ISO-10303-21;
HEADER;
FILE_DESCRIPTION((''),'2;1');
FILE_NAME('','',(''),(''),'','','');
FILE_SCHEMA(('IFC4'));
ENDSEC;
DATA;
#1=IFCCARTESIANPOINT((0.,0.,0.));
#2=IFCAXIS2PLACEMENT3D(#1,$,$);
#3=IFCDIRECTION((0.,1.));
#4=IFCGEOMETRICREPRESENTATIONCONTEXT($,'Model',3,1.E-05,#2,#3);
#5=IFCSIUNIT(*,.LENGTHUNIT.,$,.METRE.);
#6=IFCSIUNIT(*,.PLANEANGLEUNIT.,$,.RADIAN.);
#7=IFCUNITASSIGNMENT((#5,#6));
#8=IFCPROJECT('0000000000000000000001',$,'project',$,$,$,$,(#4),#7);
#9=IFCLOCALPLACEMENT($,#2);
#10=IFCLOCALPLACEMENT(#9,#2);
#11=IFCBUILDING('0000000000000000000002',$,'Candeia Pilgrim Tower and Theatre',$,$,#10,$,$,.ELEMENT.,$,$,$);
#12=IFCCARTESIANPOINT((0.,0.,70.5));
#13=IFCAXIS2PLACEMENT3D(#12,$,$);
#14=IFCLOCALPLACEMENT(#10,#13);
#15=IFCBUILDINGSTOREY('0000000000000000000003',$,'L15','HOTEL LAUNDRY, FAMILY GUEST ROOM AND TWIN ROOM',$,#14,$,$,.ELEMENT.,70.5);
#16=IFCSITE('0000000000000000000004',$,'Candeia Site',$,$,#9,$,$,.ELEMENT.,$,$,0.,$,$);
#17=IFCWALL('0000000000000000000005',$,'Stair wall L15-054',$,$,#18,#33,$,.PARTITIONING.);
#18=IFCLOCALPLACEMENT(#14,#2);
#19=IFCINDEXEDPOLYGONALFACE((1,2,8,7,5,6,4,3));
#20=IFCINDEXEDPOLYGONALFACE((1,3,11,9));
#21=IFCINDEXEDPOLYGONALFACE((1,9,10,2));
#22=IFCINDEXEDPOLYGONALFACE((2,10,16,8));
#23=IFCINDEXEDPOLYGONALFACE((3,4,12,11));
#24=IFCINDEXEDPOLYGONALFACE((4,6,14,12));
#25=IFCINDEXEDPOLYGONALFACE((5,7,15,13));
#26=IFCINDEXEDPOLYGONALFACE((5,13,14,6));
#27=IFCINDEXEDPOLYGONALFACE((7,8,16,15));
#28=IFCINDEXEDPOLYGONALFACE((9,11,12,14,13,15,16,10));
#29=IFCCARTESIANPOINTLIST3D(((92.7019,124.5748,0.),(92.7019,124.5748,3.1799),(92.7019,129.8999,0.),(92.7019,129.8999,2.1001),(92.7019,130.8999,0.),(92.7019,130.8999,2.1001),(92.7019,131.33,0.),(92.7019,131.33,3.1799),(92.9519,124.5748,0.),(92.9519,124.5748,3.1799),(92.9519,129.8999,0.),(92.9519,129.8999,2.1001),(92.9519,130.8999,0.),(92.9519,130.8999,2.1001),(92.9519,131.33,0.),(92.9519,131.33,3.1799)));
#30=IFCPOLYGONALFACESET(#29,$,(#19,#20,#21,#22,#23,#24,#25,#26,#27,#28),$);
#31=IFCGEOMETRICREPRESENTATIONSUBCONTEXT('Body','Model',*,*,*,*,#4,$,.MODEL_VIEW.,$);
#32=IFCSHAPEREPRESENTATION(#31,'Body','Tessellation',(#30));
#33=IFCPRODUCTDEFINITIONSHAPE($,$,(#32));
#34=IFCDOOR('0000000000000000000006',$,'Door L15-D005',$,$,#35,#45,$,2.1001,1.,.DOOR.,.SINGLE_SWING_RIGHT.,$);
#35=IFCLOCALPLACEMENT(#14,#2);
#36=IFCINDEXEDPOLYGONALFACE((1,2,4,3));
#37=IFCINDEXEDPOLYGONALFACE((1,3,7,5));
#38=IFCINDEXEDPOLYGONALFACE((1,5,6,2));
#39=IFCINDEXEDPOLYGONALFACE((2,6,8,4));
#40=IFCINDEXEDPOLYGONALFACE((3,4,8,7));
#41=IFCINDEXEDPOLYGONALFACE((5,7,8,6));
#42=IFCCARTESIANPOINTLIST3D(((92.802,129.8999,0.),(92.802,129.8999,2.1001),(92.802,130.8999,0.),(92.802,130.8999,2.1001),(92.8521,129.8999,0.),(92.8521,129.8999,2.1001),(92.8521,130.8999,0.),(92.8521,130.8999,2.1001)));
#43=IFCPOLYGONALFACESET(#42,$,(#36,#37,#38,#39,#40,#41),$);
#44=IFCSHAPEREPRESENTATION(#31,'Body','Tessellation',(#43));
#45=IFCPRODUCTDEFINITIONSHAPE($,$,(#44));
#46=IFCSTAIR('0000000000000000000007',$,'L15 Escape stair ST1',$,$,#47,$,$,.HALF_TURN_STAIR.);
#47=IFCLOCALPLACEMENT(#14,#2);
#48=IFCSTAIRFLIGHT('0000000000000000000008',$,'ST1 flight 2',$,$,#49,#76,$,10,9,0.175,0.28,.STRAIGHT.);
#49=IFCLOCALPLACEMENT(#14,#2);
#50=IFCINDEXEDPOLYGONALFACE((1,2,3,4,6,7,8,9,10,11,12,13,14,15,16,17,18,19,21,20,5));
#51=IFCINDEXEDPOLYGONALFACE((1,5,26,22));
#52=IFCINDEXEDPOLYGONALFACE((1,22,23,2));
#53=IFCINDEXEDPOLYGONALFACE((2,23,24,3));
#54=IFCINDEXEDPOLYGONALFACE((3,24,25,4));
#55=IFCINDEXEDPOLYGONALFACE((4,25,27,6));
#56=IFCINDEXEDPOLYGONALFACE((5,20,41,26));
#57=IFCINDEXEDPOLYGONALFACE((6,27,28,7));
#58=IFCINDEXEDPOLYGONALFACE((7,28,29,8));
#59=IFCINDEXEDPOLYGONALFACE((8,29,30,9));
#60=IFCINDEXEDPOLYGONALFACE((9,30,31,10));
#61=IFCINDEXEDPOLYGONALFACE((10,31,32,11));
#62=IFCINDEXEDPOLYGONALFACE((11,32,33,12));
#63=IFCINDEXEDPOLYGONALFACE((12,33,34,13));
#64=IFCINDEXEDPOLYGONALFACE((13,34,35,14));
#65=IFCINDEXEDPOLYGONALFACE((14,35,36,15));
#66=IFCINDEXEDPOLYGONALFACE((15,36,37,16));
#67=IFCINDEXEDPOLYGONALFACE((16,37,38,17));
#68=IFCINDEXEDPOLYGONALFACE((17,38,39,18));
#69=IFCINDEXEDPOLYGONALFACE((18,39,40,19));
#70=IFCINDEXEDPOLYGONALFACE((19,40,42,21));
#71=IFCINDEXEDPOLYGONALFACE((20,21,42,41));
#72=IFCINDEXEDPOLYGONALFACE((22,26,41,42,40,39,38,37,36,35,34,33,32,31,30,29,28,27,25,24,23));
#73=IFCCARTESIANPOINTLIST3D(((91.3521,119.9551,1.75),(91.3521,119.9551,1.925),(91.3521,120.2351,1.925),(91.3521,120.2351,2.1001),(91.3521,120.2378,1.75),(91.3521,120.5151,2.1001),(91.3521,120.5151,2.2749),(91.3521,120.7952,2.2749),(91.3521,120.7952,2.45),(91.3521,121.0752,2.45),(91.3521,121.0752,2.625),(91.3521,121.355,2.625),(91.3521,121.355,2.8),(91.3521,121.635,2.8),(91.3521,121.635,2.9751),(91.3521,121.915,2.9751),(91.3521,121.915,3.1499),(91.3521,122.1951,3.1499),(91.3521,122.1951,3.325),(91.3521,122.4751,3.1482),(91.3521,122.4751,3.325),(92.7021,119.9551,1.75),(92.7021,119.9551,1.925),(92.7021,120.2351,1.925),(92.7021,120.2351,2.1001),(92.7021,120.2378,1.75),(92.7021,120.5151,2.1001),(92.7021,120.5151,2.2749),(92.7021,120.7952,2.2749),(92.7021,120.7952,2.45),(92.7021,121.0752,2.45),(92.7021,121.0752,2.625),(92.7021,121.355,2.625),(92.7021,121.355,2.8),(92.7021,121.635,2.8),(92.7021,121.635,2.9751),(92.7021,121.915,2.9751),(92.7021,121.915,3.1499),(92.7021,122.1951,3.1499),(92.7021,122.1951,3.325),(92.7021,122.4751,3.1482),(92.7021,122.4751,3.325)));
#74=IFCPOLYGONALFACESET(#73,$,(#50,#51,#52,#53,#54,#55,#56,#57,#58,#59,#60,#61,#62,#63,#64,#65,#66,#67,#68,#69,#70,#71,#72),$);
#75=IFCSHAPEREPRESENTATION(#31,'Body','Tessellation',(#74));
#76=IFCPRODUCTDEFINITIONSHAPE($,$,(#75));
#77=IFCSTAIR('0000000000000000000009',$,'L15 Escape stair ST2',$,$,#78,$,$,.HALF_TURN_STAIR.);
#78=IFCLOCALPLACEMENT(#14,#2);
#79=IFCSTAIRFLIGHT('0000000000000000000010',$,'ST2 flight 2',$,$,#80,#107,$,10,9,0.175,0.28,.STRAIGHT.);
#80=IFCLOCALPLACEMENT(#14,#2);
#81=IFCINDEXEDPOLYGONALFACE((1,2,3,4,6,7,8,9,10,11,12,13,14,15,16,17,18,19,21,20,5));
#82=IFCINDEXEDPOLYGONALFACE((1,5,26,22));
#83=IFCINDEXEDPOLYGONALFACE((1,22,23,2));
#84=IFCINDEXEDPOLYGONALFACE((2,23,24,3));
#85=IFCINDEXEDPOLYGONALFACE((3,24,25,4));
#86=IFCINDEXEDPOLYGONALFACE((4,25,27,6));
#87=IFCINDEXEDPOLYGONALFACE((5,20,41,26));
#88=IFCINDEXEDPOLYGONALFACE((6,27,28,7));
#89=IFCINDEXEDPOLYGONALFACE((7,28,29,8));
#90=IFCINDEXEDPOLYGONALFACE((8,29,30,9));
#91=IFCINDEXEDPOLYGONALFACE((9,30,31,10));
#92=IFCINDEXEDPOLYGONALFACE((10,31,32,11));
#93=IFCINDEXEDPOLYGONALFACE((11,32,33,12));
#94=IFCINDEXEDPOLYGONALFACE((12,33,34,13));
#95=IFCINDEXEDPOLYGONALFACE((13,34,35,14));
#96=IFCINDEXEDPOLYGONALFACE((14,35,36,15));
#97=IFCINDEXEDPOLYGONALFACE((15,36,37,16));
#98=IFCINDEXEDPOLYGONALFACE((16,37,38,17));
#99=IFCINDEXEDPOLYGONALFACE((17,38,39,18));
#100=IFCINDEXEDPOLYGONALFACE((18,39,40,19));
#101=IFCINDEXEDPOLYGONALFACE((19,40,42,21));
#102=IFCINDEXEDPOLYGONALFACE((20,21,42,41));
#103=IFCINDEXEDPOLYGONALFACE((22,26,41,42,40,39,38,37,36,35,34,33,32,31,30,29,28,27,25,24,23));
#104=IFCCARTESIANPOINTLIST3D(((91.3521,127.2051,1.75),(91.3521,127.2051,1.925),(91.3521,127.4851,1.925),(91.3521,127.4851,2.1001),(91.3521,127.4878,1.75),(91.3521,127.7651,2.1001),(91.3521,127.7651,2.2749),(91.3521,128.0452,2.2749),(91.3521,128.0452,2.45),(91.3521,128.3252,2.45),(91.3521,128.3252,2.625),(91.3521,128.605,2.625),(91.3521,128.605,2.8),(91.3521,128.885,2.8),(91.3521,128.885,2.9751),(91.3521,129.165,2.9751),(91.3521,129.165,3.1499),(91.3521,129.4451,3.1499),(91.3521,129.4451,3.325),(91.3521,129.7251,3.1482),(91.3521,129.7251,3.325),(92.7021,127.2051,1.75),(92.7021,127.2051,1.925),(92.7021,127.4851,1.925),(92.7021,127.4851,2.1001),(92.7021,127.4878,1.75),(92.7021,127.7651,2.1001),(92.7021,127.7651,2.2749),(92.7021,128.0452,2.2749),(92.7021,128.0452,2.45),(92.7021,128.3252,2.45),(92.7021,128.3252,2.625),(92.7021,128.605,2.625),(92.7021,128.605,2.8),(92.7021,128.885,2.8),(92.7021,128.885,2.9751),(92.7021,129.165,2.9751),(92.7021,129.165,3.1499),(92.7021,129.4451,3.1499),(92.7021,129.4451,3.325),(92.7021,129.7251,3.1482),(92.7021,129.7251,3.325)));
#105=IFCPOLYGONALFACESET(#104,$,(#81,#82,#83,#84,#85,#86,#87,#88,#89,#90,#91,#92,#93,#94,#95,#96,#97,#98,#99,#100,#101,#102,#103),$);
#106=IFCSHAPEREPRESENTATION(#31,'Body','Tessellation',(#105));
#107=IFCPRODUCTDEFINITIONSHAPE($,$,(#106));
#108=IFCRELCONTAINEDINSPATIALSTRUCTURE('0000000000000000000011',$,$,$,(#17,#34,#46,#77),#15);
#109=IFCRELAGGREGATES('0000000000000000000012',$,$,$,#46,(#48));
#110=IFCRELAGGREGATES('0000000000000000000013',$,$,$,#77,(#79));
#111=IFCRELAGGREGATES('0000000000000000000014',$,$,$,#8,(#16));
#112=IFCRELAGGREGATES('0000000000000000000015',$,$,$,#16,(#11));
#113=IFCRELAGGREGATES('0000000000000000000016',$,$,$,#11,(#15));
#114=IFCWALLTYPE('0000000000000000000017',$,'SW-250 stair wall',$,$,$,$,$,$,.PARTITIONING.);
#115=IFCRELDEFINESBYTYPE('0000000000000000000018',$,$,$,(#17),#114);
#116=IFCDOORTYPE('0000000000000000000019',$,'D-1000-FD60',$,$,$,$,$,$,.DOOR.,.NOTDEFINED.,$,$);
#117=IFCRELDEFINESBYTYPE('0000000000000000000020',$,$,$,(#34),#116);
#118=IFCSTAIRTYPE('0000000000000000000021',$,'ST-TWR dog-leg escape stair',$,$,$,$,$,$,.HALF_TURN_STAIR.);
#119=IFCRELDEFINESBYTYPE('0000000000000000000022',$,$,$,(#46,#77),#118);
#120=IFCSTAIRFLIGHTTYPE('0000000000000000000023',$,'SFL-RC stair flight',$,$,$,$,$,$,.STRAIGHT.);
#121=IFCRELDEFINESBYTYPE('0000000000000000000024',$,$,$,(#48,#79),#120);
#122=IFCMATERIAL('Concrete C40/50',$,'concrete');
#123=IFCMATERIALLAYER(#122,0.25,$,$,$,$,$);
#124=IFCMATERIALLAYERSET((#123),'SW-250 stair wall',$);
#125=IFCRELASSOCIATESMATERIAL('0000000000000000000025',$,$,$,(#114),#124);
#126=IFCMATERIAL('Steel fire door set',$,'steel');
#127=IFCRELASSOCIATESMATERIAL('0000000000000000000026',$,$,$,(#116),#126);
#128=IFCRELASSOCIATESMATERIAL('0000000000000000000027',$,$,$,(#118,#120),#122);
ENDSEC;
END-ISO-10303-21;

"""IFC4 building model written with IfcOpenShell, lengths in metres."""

from ifc_helpers import new_model, si_unit, direction, frame, frame_2d, origin, place, context, subcontext, project, spatial, polyline, rectangle, outline, extrude, material, layer, layer_set, type_object, element, fill, aggregate, save


model = new_model("IFC4")

# Units and contexts
model_context = context("Model", 3, precision=1e-05, world=origin(), true_north=direction((0.0, 1.0)))
body_context = subcontext(model_context, "Body", "Model", "MODEL_VIEW")
ifc_project = project(units=[si_unit("LENGTHUNIT", "METRE"), si_unit("PLANEANGLEUNIT", "RADIAN")], contexts=[model_context])

# Site, building, storey
site_placement = place(None, origin())
site = spatial("IfcSite", under=ifc_project, at=site_placement, Name="Candeia Site", CompositionType="ELEMENT", RefElevation=0.0)
building_placement = place(site_placement, origin())
building = spatial("IfcBuilding", under=site, at=building_placement, Name="Candeia Pilgrim Tower and Theatre", CompositionType="ELEMENT")
storey_placement = place(building_placement, frame((0.0, 0.0, 70.5)))
storey = spatial("IfcBuildingStorey", under=building, at=storey_placement, Name="L15", Description="HOTEL LAUNDRY, FAMILY GUEST ROOM AND TWIN ROOM", CompositionType="ELEMENT", Elevation=70.5)

# Shared definitions
ifc_material_1 = material(Name="Steel fire door set", Category="steel")

# Shared definitions
ifc_material_2 = material(Name="Concrete C40/50", Category="concrete")

# Wall, opening, door
ifc_layer_1 = layer(ifc_material_2, 0.25)
ifc_layer_set_1 = layer_set([ifc_layer_1], Name="SW-250 stair wall")
wall_type_1 = type_object("IfcWallType", Name="SW-250 stair wall", PredefinedType="PARTITIONING", material=ifc_layer_set_1)
wall_1_placement = place(storey_placement, frame((92.8269, 124.575, 0.0), z_axis=(0.0, 0.0, 1.0), x_axis=(0.0, 1.0, 0.0)))
wall_1 = element("IfcWall", 1, at=wall_1_placement, inside=storey, type_object=wall_type_1, Name="Stair wall L15-054", PredefinedType="PARTITIONING", context=body_context, shape_type="SweptSolid", body=[
    extrude(rectangle(XDim=6.7551, YDim=0.25, at=frame_2d((3.3774, 0.0))), origin(), (0.0, 0.0, 1.0), 3.1799),
])
opening_1_placement = place(wall_1_placement, frame((5.325, 0.0, 0.0)))
opening_1 = element("IfcOpeningElement", 2, at=opening_1_placement, cuts=wall_1, PredefinedType="OPENING", context=body_context, shape_type="SweptSolid", body=[
    extrude(rectangle(XDim=1.0, YDim=2.1001, at=frame_2d((0.5, 1.05))), frame((0.0, 0.135, 0.0), z_axis=(0.0, -1.0, 0.0), x_axis=(1.0, 0.0, 0.0)), (0.0, 0.0, 1.0), 0.27),
])
door_type_1 = type_object("IfcDoorType", Name="D-1000-FD60", OperationType="NOTDEFINED", PredefinedType="DOOR", material=ifc_material_1)
door_1_placement = place(opening_1_placement, origin())
door_1 = element("IfcDoor", 3, at=door_1_placement, inside=storey, type_object=door_type_1, Name="Door L15-D005", OperationType="SINGLE_SWING_RIGHT", OverallHeight=2.1001, OverallWidth=1.0, PredefinedType="DOOR", context=body_context, shape_type="SweptSolid", body=[
    extrude(rectangle(XDim=1.0, YDim=2.1001, at=frame_2d((0.5, 1.05))), frame((0.0, 0.0249, 0.0), z_axis=(0.0, -1.0, 0.0), x_axis=(1.0, 0.0, 0.0)), (0.0, 0.0, 1.0), 0.05),
])
fill(opening_1, door_1)

# Stairs, stair flights
stair_type = type_object("IfcStairType", Name="ST-TWR dog-leg escape stair", PredefinedType="HALF_TURN_STAIR", material=ifc_material_2)
stair_1_placement = place(storey_placement, origin())
stair_1 = element("IfcStair", 4, at=stair_1_placement, inside=storey, type_object=stair_type, Name="L15 Escape stair ST1", PredefinedType="HALF_TURN_STAIR")
stair_flight_type = type_object("IfcStairFlightType", Name="SFL-RC stair flight", PredefinedType="STRAIGHT", material=ifc_material_2)
stair_flight_1_placement = place(storey_placement, frame((92.0271, 119.9551, 1.75), z_axis=(0.0, 0.0, 1.0), x_axis=(0.0, 1.0, 0.0)))
stair_flight_1 = element("IfcStairFlight", 5, at=stair_flight_1_placement, type_object=stair_flight_type, Name="ST1 flight 2", NumberOfRisers=10, NumberOfTreads=9, PredefinedType="STRAIGHT", RiserHeight=0.175, TreadLength=0.28, context=body_context, shape_type="SweptSolid", body=[
    extrude(outline(polyline([(0.0, 0.0), (0.0, 0.175), (0.28, 0.175), (0.28, 0.3501), (0.5601, 0.3501), (0.5601, 0.5249), (0.8401, 0.5249), (0.8401, 0.7), (1.1201, 0.7), (1.1201, 0.875), (1.3999, 0.875), (1.3999, 1.05), (1.6799, 1.05), (1.6799, 1.2251), (1.96, 1.2251), (1.96, 1.3999), (2.24, 1.3999), (2.24, 1.575), (2.52, 1.575), (2.52, 1.75), (2.52, 1.3982), (0.2827, 0.0), (0.0, 0.0)])), frame((0.0, 0.675, 0.0), z_axis=(0.0, -1.0, 0.0), x_axis=(1.0, 0.0, 0.0)), (0.0, 0.0, 1.0), 1.3501),
])
aggregate(stair_1, [stair_flight_1])
stair_2_placement = place(storey_placement, origin())
stair_2 = element("IfcStair", 6, at=stair_2_placement, inside=storey, type_object=stair_type, Name="L15 Escape stair ST2", PredefinedType="HALF_TURN_STAIR")
stair_flight_2_placement = place(storey_placement, frame((92.0271, 127.2051, 1.75), z_axis=(0.0, 0.0, 1.0), x_axis=(0.0, 1.0, 0.0)))
stair_flight_2 = element("IfcStairFlight", 7, at=stair_flight_2_placement, type_object=stair_flight_type, Name="ST2 flight 2", NumberOfRisers=10, NumberOfTreads=9, PredefinedType="STRAIGHT", RiserHeight=0.175, TreadLength=0.28, context=body_context, shape_type="SweptSolid", body=[
    extrude(outline(polyline([(0.0, 0.0), (0.0, 0.175), (0.28, 0.175), (0.28, 0.3501), (0.5601, 0.3501), (0.5601, 0.5249), (0.8401, 0.5249), (0.8401, 0.7), (1.1201, 0.7), (1.1201, 0.875), (1.3999, 0.875), (1.3999, 1.05), (1.6799, 1.05), (1.6799, 1.2251), (1.96, 1.2251), (1.96, 1.3999), (2.24, 1.3999), (2.24, 1.575), (2.52, 1.575), (2.52, 1.75), (2.52, 1.3982), (0.2827, 0.0), (0.0, 0.0)])), frame((0.0, 0.675, 0.0), z_axis=(0.0, -1.0, 0.0), x_axis=(1.0, 0.0, 0.0)), (0.0, 0.0, 1.0), 1.3501),
])
aggregate(stair_2, [stair_flight_2])

save(model, "model.ifc")
